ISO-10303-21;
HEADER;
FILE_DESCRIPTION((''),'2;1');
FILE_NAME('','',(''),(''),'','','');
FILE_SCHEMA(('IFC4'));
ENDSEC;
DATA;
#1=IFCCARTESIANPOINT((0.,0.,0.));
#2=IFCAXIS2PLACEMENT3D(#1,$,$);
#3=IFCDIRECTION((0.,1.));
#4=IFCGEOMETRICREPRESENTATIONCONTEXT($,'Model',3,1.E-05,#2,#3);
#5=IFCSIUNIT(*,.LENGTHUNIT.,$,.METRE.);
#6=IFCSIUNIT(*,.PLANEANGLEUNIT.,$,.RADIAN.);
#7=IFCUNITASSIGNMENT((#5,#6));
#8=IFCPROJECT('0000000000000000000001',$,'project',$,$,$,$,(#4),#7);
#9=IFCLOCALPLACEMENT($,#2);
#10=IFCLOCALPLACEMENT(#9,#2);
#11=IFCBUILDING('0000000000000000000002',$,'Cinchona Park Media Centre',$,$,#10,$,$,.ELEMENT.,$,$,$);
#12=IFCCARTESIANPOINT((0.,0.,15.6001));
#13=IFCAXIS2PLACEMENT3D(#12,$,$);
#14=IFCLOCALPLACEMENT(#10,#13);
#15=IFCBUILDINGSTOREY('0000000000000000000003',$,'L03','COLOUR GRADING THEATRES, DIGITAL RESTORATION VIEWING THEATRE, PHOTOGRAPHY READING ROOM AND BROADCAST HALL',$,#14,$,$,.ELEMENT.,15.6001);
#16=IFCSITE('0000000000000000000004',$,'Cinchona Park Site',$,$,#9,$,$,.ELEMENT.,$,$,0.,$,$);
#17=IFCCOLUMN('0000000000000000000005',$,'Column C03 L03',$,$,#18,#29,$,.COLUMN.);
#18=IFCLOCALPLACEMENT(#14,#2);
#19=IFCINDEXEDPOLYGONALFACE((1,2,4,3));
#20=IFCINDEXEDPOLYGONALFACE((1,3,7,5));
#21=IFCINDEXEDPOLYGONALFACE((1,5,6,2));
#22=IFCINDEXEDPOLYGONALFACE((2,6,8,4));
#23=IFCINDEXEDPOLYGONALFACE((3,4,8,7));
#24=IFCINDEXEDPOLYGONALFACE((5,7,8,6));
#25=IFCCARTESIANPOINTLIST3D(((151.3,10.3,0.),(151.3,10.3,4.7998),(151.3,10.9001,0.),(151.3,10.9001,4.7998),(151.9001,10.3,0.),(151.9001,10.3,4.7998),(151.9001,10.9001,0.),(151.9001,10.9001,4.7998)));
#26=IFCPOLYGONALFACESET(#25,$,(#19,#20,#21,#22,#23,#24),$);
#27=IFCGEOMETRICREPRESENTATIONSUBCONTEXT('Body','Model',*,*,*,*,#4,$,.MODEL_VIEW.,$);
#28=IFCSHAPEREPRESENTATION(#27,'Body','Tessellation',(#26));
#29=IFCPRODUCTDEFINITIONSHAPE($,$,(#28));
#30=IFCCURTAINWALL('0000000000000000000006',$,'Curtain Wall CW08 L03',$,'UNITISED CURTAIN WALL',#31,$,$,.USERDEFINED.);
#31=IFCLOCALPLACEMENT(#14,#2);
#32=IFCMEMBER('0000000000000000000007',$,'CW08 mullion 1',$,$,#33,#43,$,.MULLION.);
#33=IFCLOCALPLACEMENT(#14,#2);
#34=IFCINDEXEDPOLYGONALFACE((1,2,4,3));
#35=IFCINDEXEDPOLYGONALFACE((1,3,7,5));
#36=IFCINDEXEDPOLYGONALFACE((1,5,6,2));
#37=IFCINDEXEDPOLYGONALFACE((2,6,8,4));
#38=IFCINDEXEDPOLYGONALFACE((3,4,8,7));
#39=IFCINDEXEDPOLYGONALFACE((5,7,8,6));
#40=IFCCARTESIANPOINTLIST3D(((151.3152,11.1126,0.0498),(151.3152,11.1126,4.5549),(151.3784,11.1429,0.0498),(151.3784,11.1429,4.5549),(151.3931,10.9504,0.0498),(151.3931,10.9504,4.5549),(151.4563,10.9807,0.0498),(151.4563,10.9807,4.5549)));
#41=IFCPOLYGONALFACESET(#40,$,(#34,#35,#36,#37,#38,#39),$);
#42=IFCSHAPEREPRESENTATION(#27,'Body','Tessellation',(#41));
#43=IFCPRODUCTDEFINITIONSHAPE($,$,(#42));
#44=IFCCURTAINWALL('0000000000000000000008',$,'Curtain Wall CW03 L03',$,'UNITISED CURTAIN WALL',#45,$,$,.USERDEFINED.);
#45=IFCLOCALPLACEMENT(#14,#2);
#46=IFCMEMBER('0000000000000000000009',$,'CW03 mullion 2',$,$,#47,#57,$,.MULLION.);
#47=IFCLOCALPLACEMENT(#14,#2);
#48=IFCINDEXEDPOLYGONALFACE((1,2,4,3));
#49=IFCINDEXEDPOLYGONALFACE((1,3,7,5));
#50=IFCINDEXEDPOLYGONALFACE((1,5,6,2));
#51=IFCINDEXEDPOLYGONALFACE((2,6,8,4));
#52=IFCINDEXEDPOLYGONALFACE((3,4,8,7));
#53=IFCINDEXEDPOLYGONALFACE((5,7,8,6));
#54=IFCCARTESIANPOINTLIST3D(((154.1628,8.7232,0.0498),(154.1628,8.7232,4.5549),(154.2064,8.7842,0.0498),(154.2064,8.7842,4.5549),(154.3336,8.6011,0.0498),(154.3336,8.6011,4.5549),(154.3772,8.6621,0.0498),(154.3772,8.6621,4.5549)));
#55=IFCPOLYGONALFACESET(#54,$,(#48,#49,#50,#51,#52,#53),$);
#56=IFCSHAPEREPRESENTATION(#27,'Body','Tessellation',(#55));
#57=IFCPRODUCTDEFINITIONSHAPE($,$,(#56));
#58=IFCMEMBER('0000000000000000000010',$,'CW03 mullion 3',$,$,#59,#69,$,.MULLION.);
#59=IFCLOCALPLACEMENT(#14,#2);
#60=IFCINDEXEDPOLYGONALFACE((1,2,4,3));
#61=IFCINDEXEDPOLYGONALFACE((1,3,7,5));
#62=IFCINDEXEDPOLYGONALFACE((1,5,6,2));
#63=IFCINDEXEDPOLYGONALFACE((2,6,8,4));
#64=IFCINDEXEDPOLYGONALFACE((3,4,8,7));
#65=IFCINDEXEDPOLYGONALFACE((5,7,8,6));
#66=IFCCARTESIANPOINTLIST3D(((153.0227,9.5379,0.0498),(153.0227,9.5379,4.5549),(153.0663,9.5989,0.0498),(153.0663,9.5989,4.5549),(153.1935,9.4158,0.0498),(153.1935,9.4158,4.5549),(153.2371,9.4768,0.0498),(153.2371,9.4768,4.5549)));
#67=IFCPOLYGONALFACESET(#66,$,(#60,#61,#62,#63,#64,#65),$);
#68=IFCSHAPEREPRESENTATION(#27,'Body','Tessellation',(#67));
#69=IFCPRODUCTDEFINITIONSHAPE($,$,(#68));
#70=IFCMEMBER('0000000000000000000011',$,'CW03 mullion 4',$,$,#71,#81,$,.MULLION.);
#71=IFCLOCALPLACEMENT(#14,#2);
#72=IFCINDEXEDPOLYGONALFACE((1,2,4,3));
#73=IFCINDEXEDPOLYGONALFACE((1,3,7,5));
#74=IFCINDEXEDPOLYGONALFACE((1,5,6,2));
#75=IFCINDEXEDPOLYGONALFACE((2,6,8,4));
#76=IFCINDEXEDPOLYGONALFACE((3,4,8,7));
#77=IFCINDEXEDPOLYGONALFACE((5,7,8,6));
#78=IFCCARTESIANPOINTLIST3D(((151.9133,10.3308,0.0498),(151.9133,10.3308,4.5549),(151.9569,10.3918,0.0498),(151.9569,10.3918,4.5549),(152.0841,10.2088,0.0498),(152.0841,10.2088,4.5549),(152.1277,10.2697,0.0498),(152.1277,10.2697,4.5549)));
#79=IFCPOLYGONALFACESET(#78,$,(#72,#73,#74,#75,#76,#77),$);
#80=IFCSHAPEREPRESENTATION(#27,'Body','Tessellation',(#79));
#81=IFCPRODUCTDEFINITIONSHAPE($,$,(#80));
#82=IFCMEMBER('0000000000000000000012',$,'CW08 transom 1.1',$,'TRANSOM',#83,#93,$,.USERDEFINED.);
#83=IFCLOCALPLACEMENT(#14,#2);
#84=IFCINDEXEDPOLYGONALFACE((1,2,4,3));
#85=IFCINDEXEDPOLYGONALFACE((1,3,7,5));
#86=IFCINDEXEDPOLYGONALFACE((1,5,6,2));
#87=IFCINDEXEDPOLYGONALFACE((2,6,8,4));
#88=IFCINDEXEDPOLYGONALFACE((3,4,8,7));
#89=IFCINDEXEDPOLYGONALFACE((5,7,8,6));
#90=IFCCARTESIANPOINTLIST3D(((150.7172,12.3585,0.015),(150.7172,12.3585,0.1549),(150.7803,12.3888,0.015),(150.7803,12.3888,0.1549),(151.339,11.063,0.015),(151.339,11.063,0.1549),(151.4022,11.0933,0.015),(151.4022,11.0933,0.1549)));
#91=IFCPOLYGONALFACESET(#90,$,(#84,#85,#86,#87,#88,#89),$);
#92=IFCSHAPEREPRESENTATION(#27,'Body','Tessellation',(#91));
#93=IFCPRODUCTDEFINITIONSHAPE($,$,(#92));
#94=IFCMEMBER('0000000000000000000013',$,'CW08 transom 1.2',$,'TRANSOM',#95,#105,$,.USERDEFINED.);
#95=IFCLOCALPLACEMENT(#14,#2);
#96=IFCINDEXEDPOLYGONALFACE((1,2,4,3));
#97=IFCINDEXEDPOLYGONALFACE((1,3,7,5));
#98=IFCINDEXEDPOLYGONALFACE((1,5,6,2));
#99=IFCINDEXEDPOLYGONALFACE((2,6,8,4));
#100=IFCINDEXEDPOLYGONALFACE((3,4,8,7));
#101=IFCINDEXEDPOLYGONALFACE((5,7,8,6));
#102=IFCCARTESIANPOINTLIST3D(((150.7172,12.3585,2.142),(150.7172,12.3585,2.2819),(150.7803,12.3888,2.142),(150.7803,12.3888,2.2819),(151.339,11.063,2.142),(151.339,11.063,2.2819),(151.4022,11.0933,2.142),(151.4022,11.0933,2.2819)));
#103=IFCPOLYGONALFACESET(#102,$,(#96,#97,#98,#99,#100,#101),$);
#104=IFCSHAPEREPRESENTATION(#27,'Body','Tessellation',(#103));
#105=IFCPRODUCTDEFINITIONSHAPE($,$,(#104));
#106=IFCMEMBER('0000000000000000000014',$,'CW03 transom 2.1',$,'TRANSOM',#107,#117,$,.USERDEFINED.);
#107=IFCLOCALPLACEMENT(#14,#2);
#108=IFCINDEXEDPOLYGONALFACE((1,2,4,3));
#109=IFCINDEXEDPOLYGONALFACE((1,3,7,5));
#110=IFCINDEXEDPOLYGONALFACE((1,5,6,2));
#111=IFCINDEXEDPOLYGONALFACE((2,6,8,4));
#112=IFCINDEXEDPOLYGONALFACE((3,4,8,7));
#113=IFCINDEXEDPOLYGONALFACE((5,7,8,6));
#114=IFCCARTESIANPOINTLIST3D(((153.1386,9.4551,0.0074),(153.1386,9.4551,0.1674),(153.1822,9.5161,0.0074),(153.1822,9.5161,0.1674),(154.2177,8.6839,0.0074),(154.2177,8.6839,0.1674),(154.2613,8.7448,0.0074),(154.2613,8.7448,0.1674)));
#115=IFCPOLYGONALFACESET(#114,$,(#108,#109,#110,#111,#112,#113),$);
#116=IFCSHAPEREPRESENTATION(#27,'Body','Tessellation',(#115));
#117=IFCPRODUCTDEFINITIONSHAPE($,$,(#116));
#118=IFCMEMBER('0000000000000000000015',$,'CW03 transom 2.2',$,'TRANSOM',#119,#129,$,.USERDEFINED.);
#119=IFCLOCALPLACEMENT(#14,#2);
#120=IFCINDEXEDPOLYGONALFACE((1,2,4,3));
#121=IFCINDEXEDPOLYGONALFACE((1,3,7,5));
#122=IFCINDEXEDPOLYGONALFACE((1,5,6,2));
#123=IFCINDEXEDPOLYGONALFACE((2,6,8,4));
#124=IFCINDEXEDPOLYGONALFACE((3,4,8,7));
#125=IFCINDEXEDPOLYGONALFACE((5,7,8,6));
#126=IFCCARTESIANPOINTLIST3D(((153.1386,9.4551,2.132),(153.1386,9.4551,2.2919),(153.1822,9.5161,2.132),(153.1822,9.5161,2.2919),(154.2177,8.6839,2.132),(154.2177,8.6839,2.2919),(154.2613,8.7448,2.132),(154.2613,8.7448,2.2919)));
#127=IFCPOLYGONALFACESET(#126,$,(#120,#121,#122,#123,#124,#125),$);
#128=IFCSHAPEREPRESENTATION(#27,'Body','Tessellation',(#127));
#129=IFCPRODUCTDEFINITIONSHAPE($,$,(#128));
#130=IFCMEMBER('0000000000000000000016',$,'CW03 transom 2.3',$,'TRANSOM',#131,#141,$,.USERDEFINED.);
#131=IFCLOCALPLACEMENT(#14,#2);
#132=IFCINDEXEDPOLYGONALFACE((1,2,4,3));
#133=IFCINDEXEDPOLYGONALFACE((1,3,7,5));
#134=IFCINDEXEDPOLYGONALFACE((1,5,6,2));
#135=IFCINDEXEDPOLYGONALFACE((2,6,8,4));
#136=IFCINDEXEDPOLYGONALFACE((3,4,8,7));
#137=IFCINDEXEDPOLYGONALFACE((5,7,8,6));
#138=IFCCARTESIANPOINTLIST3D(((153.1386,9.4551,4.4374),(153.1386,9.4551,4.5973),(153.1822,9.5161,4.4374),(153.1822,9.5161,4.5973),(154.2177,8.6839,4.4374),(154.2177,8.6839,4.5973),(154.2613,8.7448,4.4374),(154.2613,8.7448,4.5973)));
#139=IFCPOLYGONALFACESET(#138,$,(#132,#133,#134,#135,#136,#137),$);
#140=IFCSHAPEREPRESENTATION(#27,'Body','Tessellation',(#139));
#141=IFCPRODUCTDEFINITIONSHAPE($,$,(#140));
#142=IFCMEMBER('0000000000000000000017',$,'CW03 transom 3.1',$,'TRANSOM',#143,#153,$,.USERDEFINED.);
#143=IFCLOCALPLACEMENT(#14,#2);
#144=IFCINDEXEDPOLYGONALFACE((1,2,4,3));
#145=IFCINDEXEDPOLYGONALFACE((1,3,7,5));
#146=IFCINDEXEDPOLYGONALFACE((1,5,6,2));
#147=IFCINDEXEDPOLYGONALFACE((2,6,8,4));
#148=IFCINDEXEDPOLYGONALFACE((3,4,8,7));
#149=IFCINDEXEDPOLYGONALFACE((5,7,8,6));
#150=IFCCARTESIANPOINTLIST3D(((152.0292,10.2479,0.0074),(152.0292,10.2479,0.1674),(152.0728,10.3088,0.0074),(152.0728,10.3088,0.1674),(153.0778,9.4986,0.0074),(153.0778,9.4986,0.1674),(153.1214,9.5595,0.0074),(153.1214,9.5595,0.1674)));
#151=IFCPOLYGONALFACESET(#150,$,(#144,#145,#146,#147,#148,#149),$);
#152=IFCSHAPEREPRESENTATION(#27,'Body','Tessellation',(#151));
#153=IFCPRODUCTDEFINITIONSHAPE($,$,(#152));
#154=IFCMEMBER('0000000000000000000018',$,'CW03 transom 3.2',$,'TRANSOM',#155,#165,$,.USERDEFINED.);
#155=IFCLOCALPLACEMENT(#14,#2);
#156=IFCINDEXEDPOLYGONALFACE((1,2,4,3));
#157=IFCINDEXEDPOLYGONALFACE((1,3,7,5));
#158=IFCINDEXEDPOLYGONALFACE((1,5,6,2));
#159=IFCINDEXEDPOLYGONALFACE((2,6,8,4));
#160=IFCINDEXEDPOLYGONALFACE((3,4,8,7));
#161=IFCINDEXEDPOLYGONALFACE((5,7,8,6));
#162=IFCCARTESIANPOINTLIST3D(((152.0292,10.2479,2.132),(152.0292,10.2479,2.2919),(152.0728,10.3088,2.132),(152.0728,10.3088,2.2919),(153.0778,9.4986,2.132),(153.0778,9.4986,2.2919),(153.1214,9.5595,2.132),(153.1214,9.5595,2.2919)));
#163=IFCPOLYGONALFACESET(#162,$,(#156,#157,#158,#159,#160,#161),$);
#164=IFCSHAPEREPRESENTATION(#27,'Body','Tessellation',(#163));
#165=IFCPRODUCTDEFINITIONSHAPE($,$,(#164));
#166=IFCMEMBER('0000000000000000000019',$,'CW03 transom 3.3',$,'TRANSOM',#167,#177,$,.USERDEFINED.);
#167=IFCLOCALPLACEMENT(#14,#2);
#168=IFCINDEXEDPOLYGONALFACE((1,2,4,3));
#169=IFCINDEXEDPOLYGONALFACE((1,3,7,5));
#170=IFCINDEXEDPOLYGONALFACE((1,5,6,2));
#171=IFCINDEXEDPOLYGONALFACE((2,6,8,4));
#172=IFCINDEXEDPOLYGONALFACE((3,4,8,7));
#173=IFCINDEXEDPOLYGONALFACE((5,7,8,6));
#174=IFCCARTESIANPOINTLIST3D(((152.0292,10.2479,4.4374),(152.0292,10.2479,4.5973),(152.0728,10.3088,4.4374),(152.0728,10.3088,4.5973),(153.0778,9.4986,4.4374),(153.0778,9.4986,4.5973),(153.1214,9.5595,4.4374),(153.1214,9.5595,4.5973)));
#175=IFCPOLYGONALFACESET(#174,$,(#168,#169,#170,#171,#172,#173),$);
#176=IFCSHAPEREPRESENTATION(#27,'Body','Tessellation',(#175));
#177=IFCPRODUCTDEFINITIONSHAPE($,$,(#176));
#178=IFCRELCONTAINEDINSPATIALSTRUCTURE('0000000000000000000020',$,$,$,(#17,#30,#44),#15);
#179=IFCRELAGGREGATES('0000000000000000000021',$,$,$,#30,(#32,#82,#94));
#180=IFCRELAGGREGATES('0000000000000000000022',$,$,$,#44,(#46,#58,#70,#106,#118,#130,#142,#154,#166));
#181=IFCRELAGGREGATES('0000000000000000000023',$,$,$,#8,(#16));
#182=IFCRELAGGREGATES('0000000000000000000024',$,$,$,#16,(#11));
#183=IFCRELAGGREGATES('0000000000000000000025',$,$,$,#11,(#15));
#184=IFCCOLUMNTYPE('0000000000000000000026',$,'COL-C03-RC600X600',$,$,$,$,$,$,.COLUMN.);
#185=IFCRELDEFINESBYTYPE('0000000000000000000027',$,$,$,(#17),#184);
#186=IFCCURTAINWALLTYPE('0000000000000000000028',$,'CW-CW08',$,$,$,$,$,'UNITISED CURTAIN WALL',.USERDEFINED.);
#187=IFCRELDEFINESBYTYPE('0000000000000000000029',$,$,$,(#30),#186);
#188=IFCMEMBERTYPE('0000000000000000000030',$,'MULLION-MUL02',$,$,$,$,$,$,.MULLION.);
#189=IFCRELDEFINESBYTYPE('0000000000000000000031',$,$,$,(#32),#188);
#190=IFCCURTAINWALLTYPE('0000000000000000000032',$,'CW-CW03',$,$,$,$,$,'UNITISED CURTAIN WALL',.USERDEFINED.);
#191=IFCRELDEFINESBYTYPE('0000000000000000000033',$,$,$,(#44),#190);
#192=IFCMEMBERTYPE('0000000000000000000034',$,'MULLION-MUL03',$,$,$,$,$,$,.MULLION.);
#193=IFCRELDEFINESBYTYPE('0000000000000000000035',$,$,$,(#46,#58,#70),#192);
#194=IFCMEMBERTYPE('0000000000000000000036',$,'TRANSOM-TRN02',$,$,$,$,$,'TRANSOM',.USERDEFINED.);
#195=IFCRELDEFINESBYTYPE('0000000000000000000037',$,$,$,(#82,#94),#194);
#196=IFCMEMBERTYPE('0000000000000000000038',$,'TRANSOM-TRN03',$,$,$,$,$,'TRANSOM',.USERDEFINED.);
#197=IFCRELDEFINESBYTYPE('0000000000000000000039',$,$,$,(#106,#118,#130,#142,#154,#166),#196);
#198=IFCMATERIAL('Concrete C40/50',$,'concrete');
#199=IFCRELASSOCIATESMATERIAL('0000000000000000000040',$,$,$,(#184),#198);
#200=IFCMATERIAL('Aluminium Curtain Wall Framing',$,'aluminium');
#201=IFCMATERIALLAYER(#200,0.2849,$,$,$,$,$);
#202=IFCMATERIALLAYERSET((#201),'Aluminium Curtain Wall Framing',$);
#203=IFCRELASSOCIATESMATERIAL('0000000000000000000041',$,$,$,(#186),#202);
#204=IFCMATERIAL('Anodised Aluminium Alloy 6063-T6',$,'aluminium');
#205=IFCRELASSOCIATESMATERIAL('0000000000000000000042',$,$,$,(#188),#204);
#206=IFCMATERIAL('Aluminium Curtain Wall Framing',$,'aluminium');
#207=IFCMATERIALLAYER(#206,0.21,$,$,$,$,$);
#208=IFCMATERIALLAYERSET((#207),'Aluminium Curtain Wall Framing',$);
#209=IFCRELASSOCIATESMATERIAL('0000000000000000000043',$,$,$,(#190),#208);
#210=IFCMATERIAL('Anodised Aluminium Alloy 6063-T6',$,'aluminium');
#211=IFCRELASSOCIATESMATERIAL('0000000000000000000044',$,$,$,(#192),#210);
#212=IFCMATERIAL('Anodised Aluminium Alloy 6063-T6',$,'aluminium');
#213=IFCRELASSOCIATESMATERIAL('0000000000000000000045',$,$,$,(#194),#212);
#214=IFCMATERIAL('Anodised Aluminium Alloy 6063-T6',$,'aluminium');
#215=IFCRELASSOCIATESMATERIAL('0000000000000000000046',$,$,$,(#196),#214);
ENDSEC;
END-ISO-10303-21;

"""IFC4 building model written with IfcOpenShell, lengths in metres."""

from ifc_helpers import new_model, si_unit, direction, frame, origin, origin_2d, place, context, subcontext, project, spatial, rectangle, extrude, material, layer, layer_set, material_profile, profile_set, type_object, element, aggregate, save


model = new_model("IFC4")

# Units and contexts
model_context = context("Model", 3, precision=1e-05, world=origin(), true_north=direction((0.0, 1.0)))
body_context = subcontext(model_context, "Body", "Model", "MODEL_VIEW")
ifc_project = project(units=[si_unit("LENGTHUNIT", "METRE"), si_unit("PLANEANGLEUNIT", "RADIAN")], contexts=[model_context])

# Site, building, storey
site_placement = place(None, origin())
site = spatial("IfcSite", under=ifc_project, at=site_placement, Name="Cinchona Park Site", CompositionType="ELEMENT", RefElevation=0.0)
building_placement = place(site_placement, origin())
building = spatial("IfcBuilding", under=site, at=building_placement, Name="Cinchona Park Media Centre", CompositionType="ELEMENT")
storey_placement = place(building_placement, frame((0.0, 0.0, 15.6001)))
storey = spatial("IfcBuildingStorey", under=building, at=storey_placement, Name="L03", Description="COLOUR GRADING THEATRES, DIGITAL RESTORATION VIEWING THEATRE, PHOTOGRAPHY READING ROOM AND BROADCAST HALL", CompositionType="ELEMENT", Elevation=15.6001)

# Column
ifc_material_1 = material(Name="Concrete C40/50", Category="concrete")
ifc_material_profile_1 = material_profile(ifc_material_1, rectangle(XDim=0.6001, YDim=0.6001, at=origin_2d()), Name="RC 600X600")
ifc_profile_set_1 = profile_set([ifc_material_profile_1], Name="Concrete C40/50")
column_type = type_object("IfcColumnType", Name="COL-C03-RC600X600", PredefinedType="COLUMN", material=ifc_profile_set_1)
column_placement = place(storey_placement, frame((151.6001, 10.6001, 0.0), z_axis=(0.0, 0.0, 1.0), x_axis=(1.0, 0.0, 0.0)))
element("IfcColumn", 1, at=column_placement, inside=storey, type_object=column_type, Name="Column C03 L03", PredefinedType="COLUMN", context=body_context, shape_type="SweptSolid", body=[
    extrude(rectangle(XDim=0.6001, YDim=0.6001, at=origin_2d()), origin(), (0.0, 0.0, 1.0), 4.7998),
])

# Curtain wall, member
ifc_material_2 = material(Name="Aluminium Curtain Wall Framing", Category="aluminium")
ifc_layer_1 = layer(ifc_material_2, 0.2849)
ifc_layer_set_1 = layer_set([ifc_layer_1], Name="Aluminium Curtain Wall Framing")
curtain_wall_type_1 = type_object("IfcCurtainWallType", Name="CW-CW08", ElementType="UNITISED CURTAIN WALL", PredefinedType="USERDEFINED", material=ifc_layer_set_1)
curtain_wall_1_placement = place(storey_placement, origin())
curtain_wall_1 = element("IfcCurtainWall", 2, at=curtain_wall_1_placement, inside=storey, type_object=curtain_wall_type_1, Name="Curtain Wall CW08 L03", ObjectType="UNITISED CURTAIN WALL", PredefinedType="USERDEFINED")
ifc_material_3 = material(Name="Anodised Aluminium Alloy 6063-T6", Category="aluminium")
ifc_material_profile_2 = material_profile(ifc_material_3, rectangle(XDim=0.0701, YDim=0.1799, at=origin_2d()), Name="MUL-70X180")
ifc_profile_set_2 = profile_set([ifc_material_profile_2], Name="Anodised Aluminium Alloy 6063-T6")
member_type_1 = type_object("IfcMemberType", Name="MULLION-MUL02", PredefinedType="MULLION", material=ifc_profile_set_2)
member_1_placement = place(storey_placement, frame((151.3857, 11.0466, 0.0498), z_axis=(0.0, 0.0, 1.0), x_axis=(-0.901489, -0.432801, 0.0)))
member_1 = element("IfcMember", 3, at=member_1_placement, type_object=member_type_1, Name="CW08 mullion 1", PredefinedType="MULLION", context=body_context, shape_type="SweptSolid", body=[
    extrude(rectangle(XDim=0.0701, YDim=0.1799, at=origin_2d()), origin(), (0.0, 0.0, 1.0), 4.5051),
])

# Curtain wall, members
ifc_material_4 = material(Name="Aluminium Curtain Wall Framing", Category="aluminium")
ifc_layer_2 = layer(ifc_material_4, 0.21)
ifc_layer_set_2 = layer_set([ifc_layer_2], Name="Aluminium Curtain Wall Framing")
curtain_wall_type_2 = type_object("IfcCurtainWallType", Name="CW-CW03", ElementType="UNITISED CURTAIN WALL", PredefinedType="USERDEFINED", material=ifc_layer_set_2)
curtain_wall_2_placement = place(storey_placement, origin())
curtain_wall_2 = element("IfcCurtainWall", 4, at=curtain_wall_2_placement, inside=storey, type_object=curtain_wall_type_2, Name="Curtain Wall CW03 L03", ObjectType="UNITISED CURTAIN WALL", PredefinedType="USERDEFINED")
ifc_material_5 = material(Name="Anodised Aluminium Alloy 6063-T6", Category="aluminium")
ifc_material_profile_3 = material_profile(ifc_material_5, rectangle(XDim=0.075, YDim=0.21, at=origin_2d()), Name="MUL-75X210")
ifc_profile_set_3 = profile_set([ifc_material_profile_3], Name="Anodised Aluminium Alloy 6063-T6")
member_type_2 = type_object("IfcMemberType", Name="MULLION-MUL03", PredefinedType="MULLION", material=ifc_profile_set_3)
member_2_placement = place(storey_placement, frame((154.27, 8.6926, 0.0498), z_axis=(0.0, 0.0, 1.0), x_axis=(-0.581418, -0.813605, 0.0)))
member_2 = element("IfcMember", 5, at=member_2_placement, type_object=member_type_2, Name="CW03 mullion 2", PredefinedType="MULLION", context=body_context, shape_type="SweptSolid", body=[
    extrude(rectangle(XDim=0.075, YDim=0.21, at=origin_2d()), origin(), (0.0, 0.0, 1.0), 4.5051),
])
member_3_placement = place(storey_placement, frame((153.1299, 9.5073, 0.0498), z_axis=(0.0, 0.0, 1.0), x_axis=(-0.581418, -0.813605, 0.0)))
member_3 = element("IfcMember", 6, at=member_3_placement, type_object=member_type_2, Name="CW03 mullion 3", PredefinedType="MULLION", context=body_context, shape_type="SweptSolid", body=[
    extrude(rectangle(XDim=0.075, YDim=0.21, at=origin_2d()), origin(), (0.0, 0.0, 1.0), 4.5051),
])
member_4_placement = place(storey_placement, frame((152.0205, 10.3003, 0.0498), z_axis=(0.0, 0.0, 1.0), x_axis=(-0.581418, -0.813605, 0.0)))
member_4 = element("IfcMember", 7, at=member_4_placement, type_object=member_type_2, Name="CW03 mullion 4", PredefinedType="MULLION", context=body_context, shape_type="SweptSolid", body=[
    extrude(rectangle(XDim=0.075, YDim=0.21, at=origin_2d()), origin(), (0.0, 0.0, 1.0), 4.5051),
])

# Members
ifc_material_6 = material(Name="Anodised Aluminium Alloy 6063-T6", Category="aluminium")
ifc_material_profile_4 = material_profile(ifc_material_6, rectangle(XDim=0.0701, YDim=0.1399, at=origin_2d()), Name="TRN-70X140")
ifc_profile_set_4 = profile_set([ifc_material_profile_4], Name="Anodised Aluminium Alloy 6063-T6")
member_type_3 = type_object("IfcMemberType", Name="TRANSOM-TRN02", ElementType="TRANSOM", PredefinedType="USERDEFINED", material=ifc_profile_set_4)
member_5_placement = place(storey_placement, frame((151.3706, 11.0781, 0.085), z_axis=(-0.432748, 0.901515, 0.0), x_axis=(-0.901515, -0.432748, 0.0)))
member_5 = element("IfcMember", 8, at=member_5_placement, type_object=member_type_3, Name="CW08 transom 1.1", ObjectType="TRANSOM", PredefinedType="USERDEFINED", context=body_context, shape_type="SweptSolid", body=[
    extrude(rectangle(XDim=0.0701, YDim=0.1399, at=origin_2d()), origin(), (0.0, 0.0, 1.0), 1.437),
])
member_6_placement = place(storey_placement, frame((151.3706, 11.0781, 2.2119), z_axis=(-0.432748, 0.901515, 0.0), x_axis=(-0.901515, -0.432748, 0.0)))
member_6 = element("IfcMember", 9, at=member_6_placement, type_object=member_type_3, Name="CW08 transom 1.2", ObjectType="TRANSOM", PredefinedType="USERDEFINED", context=body_context, shape_type="SweptSolid", body=[
    extrude(rectangle(XDim=0.0701, YDim=0.1399, at=origin_2d()), origin(), (0.0, 0.0, 1.0), 1.437),
])
aggregate(curtain_wall_1, [member_1, member_5, member_6])
ifc_material_7 = material(Name="Anodised Aluminium Alloy 6063-T6", Category="aluminium")
ifc_material_profile_5 = material_profile(ifc_material_7, rectangle(XDim=0.075, YDim=0.1599, at=origin_2d()), Name="TRN-75X160")
ifc_profile_set_5 = profile_set([ifc_material_profile_5], Name="Anodised Aluminium Alloy 6063-T6")
member_type_4 = type_object("IfcMemberType", Name="TRANSOM-TRN03", ElementType="TRANSOM", PredefinedType="USERDEFINED", material=ifc_profile_set_5)
member_7_placement = place(storey_placement, frame((154.2395, 8.7144, 0.0874), z_axis=(-0.813572, 0.581465, 0.0), x_axis=(-0.581465, -0.813572, 0.0)))
member_7 = element("IfcMember", 10, at=member_7_placement, type_object=member_type_4, Name="CW03 transom 2.1", ObjectType="TRANSOM", PredefinedType="USERDEFINED", context=body_context, shape_type="SweptSolid", body=[
    extrude(rectangle(XDim=0.075, YDim=0.1599, at=origin_2d()), origin(), (0.0, 0.0, 1.0), 1.3264),
])
member_8_placement = place(storey_placement, frame((154.2395, 8.7144, 2.2119), z_axis=(-0.813572, 0.581465, 0.0), x_axis=(-0.581465, -0.813572, 0.0)))
member_8 = element("IfcMember", 11, at=member_8_placement, type_object=member_type_4, Name="CW03 transom 2.2", ObjectType="TRANSOM", PredefinedType="USERDEFINED", context=body_context, shape_type="SweptSolid", body=[
    extrude(rectangle(XDim=0.075, YDim=0.1599, at=origin_2d()), origin(), (0.0, 0.0, 1.0), 1.3264),
])
member_9_placement = place(storey_placement, frame((154.2395, 8.7144, 4.5173), z_axis=(-0.813572, 0.581465, 0.0), x_axis=(-0.581465, -0.813572, 0.0)))
member_9 = element("IfcMember", 12, at=member_9_placement, type_object=member_type_4, Name="CW03 transom 2.3", ObjectType="TRANSOM", PredefinedType="USERDEFINED", context=body_context, shape_type="SweptSolid", body=[
    extrude(rectangle(XDim=0.075, YDim=0.1599, at=origin_2d()), origin(), (0.0, 0.0, 1.0), 1.3264),
])
member_10_placement = place(storey_placement, frame((153.0996, 9.5291, 0.0874), z_axis=(-0.813631, 0.581382, 0.0), x_axis=(-0.581382, -0.813631, 0.0)))
member_10 = element("IfcMember", 13, at=member_10_placement, type_object=member_type_4, Name="CW03 transom 3.1", ObjectType="TRANSOM", PredefinedType="USERDEFINED", context=body_context, shape_type="SweptSolid", body=[
    extrude(rectangle(XDim=0.075, YDim=0.1599, at=origin_2d()), origin(), (0.0, 0.0, 1.0), 1.2888),
])
member_11_placement = place(storey_placement, frame((153.0996, 9.5291, 2.2119), z_axis=(-0.813631, 0.581382, 0.0), x_axis=(-0.581382, -0.813631, 0.0)))
member_11 = element("IfcMember", 14, at=member_11_placement, type_object=member_type_4, Name="CW03 transom 3.2", ObjectType="TRANSOM", PredefinedType="USERDEFINED", context=body_context, shape_type="SweptSolid", body=[
    extrude(rectangle(XDim=0.075, YDim=0.1599, at=origin_2d()), origin(), (0.0, 0.0, 1.0), 1.2888),
])
member_12_placement = place(storey_placement, frame((153.0996, 9.5291, 4.5173), z_axis=(-0.813631, 0.581382, 0.0), x_axis=(-0.581382, -0.813631, 0.0)))
member_12 = element("IfcMember", 15, at=member_12_placement, type_object=member_type_4, Name="CW03 transom 3.3", ObjectType="TRANSOM", PredefinedType="USERDEFINED", context=body_context, shape_type="SweptSolid", body=[
    extrude(rectangle(XDim=0.075, YDim=0.1599, at=origin_2d()), origin(), (0.0, 0.0, 1.0), 1.2888),
])

aggregate(curtain_wall_2, [member_2, member_3, member_4, member_7, member_8, member_9, member_10, member_11, member_12])

save(model, "model.ifc")
